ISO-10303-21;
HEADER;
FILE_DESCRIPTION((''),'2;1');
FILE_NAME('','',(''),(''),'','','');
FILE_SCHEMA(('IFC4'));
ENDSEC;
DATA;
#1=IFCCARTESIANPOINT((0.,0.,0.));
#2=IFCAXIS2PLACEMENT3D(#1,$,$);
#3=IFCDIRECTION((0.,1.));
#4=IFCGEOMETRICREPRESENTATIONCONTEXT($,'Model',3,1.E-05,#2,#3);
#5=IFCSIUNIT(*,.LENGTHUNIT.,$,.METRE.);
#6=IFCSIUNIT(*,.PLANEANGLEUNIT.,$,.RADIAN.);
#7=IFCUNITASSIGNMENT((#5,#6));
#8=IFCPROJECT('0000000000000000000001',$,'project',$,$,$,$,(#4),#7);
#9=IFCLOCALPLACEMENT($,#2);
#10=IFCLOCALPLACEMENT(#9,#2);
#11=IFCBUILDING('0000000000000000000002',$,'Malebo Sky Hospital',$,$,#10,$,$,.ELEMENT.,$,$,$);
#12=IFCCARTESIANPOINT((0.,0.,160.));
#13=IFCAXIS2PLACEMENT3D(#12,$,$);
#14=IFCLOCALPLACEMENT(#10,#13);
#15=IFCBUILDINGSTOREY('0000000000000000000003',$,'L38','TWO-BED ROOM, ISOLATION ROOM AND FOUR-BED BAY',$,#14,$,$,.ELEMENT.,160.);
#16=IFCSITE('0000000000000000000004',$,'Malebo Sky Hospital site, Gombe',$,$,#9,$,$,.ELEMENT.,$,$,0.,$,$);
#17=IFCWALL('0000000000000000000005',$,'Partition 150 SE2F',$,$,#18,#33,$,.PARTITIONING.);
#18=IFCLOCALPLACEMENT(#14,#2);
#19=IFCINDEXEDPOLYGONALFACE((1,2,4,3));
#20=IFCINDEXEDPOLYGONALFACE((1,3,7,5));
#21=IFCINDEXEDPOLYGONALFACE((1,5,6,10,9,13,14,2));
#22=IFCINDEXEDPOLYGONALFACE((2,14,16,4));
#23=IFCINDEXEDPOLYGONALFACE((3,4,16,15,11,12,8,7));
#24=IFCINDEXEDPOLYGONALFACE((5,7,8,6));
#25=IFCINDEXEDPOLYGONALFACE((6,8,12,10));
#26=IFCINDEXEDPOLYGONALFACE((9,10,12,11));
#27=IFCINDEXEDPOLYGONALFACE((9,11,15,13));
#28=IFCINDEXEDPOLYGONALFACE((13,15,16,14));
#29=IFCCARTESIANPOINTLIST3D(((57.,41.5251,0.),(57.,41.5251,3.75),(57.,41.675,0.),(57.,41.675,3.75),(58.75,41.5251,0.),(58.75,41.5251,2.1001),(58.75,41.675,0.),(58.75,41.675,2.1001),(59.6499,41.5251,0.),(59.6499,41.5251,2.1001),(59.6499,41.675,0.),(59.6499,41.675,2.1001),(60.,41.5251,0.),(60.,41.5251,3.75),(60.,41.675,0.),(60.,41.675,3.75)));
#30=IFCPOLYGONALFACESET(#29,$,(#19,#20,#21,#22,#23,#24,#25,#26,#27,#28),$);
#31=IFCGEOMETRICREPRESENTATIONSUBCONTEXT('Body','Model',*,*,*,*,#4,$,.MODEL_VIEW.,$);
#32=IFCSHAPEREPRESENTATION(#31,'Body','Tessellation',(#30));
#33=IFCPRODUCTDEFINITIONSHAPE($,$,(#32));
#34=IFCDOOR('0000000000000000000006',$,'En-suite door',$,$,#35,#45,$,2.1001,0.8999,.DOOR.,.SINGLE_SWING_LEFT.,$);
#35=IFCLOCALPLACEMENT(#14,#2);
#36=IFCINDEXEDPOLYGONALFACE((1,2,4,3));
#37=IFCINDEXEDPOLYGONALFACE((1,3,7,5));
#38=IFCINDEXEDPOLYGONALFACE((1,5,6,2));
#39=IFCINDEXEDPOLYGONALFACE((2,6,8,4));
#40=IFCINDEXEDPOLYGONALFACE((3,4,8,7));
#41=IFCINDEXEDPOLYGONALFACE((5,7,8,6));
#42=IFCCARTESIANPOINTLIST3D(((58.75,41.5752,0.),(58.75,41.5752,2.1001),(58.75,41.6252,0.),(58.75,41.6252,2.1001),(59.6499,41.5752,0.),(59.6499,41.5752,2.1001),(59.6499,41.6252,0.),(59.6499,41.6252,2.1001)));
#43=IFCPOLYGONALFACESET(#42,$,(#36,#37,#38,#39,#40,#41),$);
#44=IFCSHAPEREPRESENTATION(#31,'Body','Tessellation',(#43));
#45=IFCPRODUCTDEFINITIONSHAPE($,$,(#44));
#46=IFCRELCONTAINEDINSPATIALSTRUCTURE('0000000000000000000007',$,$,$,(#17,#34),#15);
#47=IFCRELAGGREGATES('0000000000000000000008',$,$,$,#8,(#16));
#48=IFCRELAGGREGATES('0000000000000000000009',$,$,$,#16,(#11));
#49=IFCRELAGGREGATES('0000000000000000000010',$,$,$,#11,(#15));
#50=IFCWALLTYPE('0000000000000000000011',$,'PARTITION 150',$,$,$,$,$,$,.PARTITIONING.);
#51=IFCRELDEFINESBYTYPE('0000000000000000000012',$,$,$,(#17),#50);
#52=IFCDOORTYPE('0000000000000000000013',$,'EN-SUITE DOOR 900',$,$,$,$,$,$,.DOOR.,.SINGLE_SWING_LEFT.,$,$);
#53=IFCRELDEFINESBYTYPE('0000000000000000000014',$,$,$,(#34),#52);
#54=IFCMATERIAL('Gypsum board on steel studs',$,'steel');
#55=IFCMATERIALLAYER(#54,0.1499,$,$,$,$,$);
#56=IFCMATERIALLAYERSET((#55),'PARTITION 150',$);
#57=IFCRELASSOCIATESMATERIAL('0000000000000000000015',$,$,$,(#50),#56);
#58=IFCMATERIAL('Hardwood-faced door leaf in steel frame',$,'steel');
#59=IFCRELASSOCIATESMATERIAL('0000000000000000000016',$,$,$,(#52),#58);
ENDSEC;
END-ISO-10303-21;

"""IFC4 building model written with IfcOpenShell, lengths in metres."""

from ifc_helpers import new_model, si_unit, direction, frame, frame_2d, origin, place, context, subcontext, project, spatial, rectangle, extrude, material, layer, layer_set, type_object, element, fill, save


model = new_model("IFC4")

# Units and contexts
model_context = context("Model", 3, precision=1e-05, world=origin(), true_north=direction((0.0, 1.0)))
body_context = subcontext(model_context, "Body", "Model", "MODEL_VIEW")
ifc_project = project(units=[si_unit("LENGTHUNIT", "METRE"), si_unit("PLANEANGLEUNIT", "RADIAN")], contexts=[model_context])

# Site, building, storey
site_placement = place(None, origin())
site = spatial("IfcSite", under=ifc_project, at=site_placement, Name="Malebo Sky Hospital site, Gombe", CompositionType="ELEMENT", RefElevation=0.0)
building_placement = place(site_placement, origin())
building = spatial("IfcBuilding", under=site, at=building_placement, Name="Malebo Sky Hospital", CompositionType="ELEMENT")
storey_placement = place(building_placement, frame((0.0, 0.0, 160.0)))
storey = spatial("IfcBuildingStorey", under=building, at=storey_placement, Name="L38", Description="TWO-BED ROOM, ISOLATION ROOM AND FOUR-BED BAY", CompositionType="ELEMENT", Elevation=160.0)

# Shared definitions
ifc_material_1 = material(Name="Gypsum board on steel studs", Category="steel")
ifc_layer = layer(ifc_material_1, 0.1499)
ifc_layer_set = layer_set([ifc_layer], Name="PARTITION 150")
wall_type = type_object("IfcWallType", Name="PARTITION 150", PredefinedType="PARTITIONING", material=ifc_layer_set)

# Shared definitions
ifc_material_2 = material(Name="Hardwood-faced door leaf in steel frame", Category="steel")
door_type = type_object("IfcDoorType", Name="EN-SUITE DOOR 900", OperationType="SINGLE_SWING_LEFT", PredefinedType="DOOR", material=ifc_material_2)

# Wall, opening, door
wall_1_placement = place(storey_placement, frame((60.0, 41.6001, 0.0), z_axis=(0.0, 0.0, 1.0), x_axis=(-1.0, 0.0, 0.0)))
wall_1 = element("IfcWall", 1, at=wall_1_placement, inside=storey, type_object=wall_type, Name="Partition 150 SE2F", PredefinedType="PARTITIONING", context=body_context, shape_type="SweptSolid", body=[
    extrude(rectangle(XDim=3.0, YDim=0.1499, at=frame_2d((1.5, 0.0))), origin(), (0.0, 0.0, 1.0), 3.75),
])
opening_1_placement = place(wall_1_placement, frame((0.3501, 0.0, 0.0)))
opening_1 = element("IfcOpeningElement", 2, at=opening_1_placement, cuts=wall_1, PredefinedType="OPENING", context=body_context, shape_type="SweptSolid", body=[
    extrude(rectangle(XDim=0.8999, YDim=2.1001, at=frame_2d((0.45, 1.05))), frame((0.0, 0.085, 0.0), z_axis=(0.0, -1.0, 0.0), x_axis=(1.0, 0.0, 0.0)), (0.0, 0.0, 1.0), 0.1699),
])
door_1_placement = place(opening_1_placement, origin())
door_1 = element("IfcDoor", 3, at=door_1_placement, inside=storey, type_object=door_type, Name="En-suite door", OperationType="SINGLE_SWING_LEFT", OverallHeight=2.1001, OverallWidth=0.8999, PredefinedType="DOOR", context=body_context, shape_type="SweptSolid", body=[
    extrude(rectangle(XDim=0.8999, YDim=2.1001, at=frame_2d((0.45, 1.05))), frame((0.0, 0.0249, 0.0), z_axis=(0.0, -1.0, 0.0), x_axis=(1.0, 0.0, 0.0)), (0.0, 0.0, 1.0), 0.05),
])
fill(opening_1, door_1)

save(model, "model.ifc")
